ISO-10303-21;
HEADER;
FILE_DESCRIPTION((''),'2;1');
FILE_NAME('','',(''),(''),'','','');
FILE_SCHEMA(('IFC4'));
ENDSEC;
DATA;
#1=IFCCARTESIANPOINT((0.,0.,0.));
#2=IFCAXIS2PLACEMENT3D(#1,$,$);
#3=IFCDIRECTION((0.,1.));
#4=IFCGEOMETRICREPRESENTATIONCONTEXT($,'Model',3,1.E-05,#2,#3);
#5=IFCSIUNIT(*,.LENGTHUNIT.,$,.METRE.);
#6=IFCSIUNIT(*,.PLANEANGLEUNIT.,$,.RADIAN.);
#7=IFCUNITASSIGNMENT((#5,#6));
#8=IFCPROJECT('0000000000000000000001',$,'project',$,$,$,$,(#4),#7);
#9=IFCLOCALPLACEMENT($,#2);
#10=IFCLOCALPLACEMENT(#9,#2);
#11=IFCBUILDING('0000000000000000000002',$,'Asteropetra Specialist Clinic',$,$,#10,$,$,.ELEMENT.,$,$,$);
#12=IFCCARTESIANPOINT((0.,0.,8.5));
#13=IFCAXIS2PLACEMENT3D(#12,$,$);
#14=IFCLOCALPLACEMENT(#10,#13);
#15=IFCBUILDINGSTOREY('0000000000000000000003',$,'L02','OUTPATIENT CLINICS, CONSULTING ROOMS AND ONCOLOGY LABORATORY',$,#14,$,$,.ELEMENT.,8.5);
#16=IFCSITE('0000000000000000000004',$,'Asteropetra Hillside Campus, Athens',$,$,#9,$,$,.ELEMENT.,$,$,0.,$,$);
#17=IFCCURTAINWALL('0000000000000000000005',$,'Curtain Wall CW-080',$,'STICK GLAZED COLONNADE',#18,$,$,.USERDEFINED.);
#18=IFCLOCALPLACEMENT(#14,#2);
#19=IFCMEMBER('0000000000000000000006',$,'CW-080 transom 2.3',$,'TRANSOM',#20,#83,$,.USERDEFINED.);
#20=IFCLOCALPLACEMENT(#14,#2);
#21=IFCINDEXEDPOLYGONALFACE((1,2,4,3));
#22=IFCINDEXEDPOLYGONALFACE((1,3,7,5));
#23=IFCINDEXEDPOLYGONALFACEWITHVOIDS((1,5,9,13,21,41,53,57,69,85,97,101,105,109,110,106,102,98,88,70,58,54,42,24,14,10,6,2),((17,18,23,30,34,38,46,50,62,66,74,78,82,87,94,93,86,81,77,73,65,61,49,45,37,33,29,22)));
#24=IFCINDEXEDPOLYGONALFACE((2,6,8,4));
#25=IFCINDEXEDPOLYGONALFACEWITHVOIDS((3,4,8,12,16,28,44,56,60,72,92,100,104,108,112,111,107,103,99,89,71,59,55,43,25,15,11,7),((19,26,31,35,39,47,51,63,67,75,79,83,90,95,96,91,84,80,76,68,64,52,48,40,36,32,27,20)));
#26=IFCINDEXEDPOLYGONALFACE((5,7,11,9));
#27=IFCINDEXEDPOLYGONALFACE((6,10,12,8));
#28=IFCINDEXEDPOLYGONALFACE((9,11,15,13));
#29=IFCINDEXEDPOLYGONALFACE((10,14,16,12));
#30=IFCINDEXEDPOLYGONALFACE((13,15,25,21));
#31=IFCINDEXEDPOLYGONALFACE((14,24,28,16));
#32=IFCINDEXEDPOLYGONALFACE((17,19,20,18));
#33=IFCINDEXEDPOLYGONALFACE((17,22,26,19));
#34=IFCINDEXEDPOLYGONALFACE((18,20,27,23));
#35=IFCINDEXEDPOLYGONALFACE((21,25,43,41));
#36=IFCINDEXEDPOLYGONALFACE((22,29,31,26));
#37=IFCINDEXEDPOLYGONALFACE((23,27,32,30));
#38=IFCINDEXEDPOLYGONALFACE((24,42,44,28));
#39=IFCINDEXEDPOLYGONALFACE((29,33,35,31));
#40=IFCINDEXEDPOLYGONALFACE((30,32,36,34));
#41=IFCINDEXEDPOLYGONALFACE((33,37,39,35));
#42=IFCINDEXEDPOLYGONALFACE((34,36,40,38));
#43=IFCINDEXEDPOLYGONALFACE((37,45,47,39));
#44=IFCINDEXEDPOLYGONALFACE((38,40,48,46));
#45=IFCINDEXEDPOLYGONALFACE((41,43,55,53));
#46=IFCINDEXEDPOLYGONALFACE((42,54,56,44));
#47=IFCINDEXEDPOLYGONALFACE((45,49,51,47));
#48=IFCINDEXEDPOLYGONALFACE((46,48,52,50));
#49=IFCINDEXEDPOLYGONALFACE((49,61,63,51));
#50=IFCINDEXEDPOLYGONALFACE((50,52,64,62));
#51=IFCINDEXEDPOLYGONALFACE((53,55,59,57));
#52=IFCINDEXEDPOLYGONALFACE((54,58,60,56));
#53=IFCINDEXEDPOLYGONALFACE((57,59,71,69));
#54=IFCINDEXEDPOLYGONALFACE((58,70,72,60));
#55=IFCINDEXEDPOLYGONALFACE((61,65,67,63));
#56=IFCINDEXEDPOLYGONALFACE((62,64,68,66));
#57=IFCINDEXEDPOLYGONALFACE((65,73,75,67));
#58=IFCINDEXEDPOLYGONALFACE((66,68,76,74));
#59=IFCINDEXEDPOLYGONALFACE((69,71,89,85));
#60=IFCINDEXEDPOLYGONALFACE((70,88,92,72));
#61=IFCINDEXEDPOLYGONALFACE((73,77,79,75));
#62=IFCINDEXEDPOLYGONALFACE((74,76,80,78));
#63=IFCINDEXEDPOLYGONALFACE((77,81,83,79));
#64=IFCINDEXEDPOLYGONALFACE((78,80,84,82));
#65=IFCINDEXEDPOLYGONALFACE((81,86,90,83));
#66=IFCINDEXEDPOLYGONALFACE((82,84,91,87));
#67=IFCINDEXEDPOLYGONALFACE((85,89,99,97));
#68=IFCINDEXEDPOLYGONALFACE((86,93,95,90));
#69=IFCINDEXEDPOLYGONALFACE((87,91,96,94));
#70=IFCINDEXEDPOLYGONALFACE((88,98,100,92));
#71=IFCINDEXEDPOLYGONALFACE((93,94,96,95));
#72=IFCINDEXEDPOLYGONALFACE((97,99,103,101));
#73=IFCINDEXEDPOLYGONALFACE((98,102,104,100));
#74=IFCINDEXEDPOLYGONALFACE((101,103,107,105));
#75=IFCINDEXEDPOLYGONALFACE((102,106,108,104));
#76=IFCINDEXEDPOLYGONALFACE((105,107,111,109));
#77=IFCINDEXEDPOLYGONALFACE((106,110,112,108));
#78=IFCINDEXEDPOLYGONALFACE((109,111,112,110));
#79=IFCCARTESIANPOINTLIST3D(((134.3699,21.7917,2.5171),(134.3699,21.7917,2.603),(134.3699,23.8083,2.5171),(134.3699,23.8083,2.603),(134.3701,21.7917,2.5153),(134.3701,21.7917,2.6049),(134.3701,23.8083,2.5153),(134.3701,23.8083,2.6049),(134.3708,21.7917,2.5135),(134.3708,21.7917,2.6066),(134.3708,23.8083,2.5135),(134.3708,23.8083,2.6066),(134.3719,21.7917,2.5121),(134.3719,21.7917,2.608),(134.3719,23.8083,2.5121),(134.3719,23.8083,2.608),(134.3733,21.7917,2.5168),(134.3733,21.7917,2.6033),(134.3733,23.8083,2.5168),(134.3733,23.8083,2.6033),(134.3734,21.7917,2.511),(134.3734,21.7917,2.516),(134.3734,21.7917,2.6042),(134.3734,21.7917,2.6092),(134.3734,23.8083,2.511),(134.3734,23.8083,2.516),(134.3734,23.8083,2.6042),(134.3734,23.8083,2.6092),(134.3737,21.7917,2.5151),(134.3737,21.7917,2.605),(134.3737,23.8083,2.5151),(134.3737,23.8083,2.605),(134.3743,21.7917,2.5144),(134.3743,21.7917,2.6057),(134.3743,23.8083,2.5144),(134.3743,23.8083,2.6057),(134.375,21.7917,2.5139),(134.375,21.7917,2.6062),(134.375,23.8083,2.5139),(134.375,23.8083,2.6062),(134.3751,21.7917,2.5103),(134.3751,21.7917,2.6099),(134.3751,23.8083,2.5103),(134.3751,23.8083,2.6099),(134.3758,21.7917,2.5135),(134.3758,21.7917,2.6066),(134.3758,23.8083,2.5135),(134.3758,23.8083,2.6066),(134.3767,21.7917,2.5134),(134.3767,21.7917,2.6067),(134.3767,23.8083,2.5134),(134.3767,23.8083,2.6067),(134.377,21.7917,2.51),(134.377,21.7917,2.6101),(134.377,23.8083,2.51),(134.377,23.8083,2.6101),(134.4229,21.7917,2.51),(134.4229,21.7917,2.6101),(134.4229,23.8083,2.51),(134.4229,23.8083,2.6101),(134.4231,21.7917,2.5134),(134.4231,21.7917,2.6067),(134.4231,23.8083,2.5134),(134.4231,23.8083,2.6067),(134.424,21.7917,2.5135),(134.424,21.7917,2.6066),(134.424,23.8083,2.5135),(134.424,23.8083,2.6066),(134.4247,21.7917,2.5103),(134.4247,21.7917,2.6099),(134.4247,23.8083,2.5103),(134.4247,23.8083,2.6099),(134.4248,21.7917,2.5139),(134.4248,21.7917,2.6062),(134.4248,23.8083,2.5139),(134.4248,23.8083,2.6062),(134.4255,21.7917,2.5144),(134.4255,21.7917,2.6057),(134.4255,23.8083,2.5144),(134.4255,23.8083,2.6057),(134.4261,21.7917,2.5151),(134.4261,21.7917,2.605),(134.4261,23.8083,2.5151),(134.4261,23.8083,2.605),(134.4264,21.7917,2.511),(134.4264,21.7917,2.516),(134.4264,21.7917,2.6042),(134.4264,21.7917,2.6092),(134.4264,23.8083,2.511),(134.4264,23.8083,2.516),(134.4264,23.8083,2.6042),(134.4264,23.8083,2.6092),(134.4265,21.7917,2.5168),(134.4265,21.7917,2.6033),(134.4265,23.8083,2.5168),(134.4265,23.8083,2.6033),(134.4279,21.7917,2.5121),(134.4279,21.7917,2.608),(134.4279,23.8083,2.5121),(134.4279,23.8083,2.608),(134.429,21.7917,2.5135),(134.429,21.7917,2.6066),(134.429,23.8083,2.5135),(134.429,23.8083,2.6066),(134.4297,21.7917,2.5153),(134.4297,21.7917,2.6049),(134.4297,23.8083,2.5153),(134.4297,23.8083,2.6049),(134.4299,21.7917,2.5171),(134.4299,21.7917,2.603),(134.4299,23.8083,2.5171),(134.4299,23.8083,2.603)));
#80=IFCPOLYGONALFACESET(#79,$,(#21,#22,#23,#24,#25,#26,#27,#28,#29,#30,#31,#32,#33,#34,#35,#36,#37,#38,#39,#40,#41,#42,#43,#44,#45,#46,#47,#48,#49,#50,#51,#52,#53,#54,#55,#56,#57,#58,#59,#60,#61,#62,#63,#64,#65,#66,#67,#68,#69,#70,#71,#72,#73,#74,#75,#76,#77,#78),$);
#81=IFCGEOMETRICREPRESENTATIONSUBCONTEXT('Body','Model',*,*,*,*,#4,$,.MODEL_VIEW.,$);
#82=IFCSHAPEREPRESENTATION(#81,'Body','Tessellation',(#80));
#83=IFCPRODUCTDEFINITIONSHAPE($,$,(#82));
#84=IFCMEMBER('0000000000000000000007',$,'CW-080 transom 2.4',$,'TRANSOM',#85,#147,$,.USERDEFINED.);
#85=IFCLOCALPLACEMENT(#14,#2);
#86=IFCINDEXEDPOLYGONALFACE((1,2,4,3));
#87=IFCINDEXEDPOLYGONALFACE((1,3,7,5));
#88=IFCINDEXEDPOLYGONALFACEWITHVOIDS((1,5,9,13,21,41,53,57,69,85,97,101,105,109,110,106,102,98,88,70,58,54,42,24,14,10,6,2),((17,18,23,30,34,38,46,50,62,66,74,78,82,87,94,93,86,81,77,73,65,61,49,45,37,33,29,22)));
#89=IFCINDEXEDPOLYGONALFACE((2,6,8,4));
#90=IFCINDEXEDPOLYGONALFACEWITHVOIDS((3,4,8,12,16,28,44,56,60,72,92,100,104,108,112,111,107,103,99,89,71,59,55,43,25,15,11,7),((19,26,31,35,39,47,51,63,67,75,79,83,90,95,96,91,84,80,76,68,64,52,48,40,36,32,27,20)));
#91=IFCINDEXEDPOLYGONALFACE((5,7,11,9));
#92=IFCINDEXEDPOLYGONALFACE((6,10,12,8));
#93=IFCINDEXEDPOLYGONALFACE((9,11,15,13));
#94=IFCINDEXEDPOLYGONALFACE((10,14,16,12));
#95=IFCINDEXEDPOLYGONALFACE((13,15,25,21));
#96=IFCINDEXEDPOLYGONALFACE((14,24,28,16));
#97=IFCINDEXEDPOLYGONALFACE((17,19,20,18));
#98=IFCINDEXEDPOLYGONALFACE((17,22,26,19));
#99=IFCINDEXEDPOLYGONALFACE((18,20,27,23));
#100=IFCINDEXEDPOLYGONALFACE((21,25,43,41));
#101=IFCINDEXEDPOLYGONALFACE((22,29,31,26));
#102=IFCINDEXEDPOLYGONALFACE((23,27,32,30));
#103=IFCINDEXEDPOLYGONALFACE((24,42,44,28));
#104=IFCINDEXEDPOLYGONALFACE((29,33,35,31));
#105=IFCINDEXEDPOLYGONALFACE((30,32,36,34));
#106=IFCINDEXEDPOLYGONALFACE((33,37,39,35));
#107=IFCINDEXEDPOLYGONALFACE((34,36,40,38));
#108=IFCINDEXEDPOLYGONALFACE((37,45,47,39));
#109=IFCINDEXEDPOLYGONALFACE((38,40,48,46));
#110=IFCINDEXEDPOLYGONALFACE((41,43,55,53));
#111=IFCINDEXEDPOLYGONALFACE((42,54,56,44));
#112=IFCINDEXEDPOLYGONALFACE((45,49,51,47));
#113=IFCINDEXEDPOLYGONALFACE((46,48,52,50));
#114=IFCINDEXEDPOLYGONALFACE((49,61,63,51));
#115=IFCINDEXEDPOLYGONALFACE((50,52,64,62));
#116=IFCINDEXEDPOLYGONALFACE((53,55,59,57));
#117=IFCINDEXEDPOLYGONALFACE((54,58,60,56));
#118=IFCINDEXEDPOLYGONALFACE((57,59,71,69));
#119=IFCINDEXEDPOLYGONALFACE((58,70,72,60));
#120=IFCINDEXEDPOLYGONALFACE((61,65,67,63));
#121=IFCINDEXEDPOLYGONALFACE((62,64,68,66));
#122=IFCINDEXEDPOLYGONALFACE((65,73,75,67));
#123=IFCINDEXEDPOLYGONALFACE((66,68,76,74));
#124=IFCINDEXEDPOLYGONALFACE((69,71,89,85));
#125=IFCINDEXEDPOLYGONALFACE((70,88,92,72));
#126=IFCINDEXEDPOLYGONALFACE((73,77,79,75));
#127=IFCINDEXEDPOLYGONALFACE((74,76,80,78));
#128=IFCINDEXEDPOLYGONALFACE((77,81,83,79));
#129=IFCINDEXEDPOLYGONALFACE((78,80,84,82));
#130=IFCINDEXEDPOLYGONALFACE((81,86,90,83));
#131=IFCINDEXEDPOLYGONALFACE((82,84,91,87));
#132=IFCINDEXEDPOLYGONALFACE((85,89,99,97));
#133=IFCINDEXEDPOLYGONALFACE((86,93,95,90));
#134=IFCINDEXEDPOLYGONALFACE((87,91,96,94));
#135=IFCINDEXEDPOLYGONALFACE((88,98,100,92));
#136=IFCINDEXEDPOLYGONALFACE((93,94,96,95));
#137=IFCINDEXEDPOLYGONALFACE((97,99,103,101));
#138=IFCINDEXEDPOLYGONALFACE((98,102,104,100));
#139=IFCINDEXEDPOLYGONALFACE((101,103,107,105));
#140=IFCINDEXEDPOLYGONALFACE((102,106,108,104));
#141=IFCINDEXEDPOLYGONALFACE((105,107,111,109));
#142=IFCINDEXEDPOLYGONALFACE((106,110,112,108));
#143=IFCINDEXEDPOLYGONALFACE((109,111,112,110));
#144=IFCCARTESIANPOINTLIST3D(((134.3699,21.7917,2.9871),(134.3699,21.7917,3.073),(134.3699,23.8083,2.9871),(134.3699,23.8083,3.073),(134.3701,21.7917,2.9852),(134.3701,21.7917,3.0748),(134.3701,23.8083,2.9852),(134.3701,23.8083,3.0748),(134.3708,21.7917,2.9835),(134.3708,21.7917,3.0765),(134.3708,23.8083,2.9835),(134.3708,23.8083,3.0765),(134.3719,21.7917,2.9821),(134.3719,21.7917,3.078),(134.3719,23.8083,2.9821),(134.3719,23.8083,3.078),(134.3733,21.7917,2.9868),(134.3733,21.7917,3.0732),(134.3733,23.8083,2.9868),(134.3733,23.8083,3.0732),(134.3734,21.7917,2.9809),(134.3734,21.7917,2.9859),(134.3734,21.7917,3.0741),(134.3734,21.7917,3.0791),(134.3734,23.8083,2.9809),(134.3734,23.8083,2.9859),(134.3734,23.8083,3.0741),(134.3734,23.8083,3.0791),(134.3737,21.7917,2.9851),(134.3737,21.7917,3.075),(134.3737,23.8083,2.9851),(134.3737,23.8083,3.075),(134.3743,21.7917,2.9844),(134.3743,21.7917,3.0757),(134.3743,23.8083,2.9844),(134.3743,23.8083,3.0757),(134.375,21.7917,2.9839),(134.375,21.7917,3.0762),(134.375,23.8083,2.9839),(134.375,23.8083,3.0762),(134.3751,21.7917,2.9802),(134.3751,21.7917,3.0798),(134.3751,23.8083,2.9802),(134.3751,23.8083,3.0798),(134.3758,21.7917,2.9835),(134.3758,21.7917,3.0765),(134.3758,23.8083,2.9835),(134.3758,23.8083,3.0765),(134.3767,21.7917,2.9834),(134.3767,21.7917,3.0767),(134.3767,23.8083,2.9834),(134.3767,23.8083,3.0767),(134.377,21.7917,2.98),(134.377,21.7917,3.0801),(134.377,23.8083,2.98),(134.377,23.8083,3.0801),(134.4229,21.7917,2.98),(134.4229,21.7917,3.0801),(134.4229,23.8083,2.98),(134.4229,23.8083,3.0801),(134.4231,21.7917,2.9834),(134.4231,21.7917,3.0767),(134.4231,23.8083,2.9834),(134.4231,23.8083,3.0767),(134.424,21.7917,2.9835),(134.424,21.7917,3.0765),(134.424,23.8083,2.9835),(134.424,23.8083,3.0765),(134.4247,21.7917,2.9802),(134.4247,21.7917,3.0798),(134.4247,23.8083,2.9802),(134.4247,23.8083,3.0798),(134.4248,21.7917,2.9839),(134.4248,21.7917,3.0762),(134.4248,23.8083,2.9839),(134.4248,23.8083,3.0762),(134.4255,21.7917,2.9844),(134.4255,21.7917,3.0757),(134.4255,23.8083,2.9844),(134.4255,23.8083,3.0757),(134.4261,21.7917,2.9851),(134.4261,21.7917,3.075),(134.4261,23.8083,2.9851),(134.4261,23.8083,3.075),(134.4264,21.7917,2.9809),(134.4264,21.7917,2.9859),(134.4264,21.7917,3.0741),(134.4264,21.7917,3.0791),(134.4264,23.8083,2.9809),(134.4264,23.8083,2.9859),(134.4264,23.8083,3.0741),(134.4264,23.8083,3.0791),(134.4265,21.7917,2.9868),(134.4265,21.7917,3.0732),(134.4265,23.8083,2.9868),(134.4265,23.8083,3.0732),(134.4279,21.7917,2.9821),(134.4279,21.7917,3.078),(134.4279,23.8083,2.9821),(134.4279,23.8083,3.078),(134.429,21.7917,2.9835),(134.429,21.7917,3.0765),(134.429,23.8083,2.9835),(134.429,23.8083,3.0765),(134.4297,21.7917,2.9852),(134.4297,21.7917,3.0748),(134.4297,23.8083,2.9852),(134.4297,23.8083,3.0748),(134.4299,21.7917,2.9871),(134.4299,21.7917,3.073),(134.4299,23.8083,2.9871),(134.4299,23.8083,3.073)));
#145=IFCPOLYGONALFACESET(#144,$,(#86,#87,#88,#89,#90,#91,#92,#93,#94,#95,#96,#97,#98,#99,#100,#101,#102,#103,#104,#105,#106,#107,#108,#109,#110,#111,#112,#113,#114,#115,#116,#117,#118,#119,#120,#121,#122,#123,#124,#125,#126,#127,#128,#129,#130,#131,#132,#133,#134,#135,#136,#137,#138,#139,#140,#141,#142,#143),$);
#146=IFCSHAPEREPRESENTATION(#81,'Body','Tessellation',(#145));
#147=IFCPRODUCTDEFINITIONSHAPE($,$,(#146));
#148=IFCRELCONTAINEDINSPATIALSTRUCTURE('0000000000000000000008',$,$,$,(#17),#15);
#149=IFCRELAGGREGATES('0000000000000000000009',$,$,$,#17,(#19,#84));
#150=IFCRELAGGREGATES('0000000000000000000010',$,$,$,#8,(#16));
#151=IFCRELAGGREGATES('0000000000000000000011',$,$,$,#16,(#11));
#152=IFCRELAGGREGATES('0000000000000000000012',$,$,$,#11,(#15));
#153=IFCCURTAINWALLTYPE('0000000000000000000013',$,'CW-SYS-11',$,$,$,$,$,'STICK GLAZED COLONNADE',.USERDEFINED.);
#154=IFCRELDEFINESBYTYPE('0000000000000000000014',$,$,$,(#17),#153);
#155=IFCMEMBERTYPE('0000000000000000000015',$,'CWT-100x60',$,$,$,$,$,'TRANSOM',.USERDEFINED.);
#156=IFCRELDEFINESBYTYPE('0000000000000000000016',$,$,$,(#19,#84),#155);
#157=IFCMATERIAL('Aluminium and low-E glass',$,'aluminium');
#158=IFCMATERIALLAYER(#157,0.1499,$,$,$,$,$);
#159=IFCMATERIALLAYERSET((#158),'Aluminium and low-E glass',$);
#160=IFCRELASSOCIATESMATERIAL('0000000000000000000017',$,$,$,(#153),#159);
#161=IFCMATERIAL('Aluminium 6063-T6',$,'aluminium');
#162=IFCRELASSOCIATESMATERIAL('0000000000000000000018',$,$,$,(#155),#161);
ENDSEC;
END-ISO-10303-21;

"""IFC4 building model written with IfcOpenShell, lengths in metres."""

from ifc_helpers import new_model, si_unit, direction, frame, origin, origin_2d, place, context, subcontext, project, spatial, hollow_rectangle, extrude, material, layer, layer_set, material_profile, profile_set, type_object, element, aggregate, save


model = new_model("IFC4")

# Units and contexts
model_context = context("Model", 3, precision=1e-05, world=origin(), true_north=direction((0.0, 1.0)))
body_context = subcontext(model_context, "Body", "Model", "MODEL_VIEW")
ifc_project = project(units=[si_unit("LENGTHUNIT", "METRE"), si_unit("PLANEANGLEUNIT", "RADIAN")], contexts=[model_context])

# Site, building, storey
site_placement = place(None, origin())
site = spatial("IfcSite", under=ifc_project, at=site_placement, Name="Asteropetra Hillside Campus, Athens", CompositionType="ELEMENT", RefElevation=0.0)
building_placement = place(site_placement, origin())
building = spatial("IfcBuilding", under=site, at=building_placement, Name="Asteropetra Specialist Clinic", CompositionType="ELEMENT")
storey_placement = place(building_placement, frame((0.0, 0.0, 8.5)))
storey = spatial("IfcBuildingStorey", under=building, at=storey_placement, Name="L02", Description="OUTPATIENT CLINICS, CONSULTING ROOMS AND ONCOLOGY LABORATORY", CompositionType="ELEMENT", Elevation=8.5)

# Curtain wall
ifc_material_1 = material(Name="Aluminium and low-E glass", Category="aluminium")
ifc_layer_1 = layer(ifc_material_1, 0.1499)
ifc_layer_set_1 = layer_set([ifc_layer_1], Name="Aluminium and low-E glass")
curtain_wall_type = type_object("IfcCurtainWallType", Name="CW-SYS-11", ElementType="STICK GLAZED COLONNADE", PredefinedType="USERDEFINED", material=ifc_layer_set_1)
curtain_wall_1_placement = place(storey_placement, origin())
curtain_wall_1 = element("IfcCurtainWall", 1, at=curtain_wall_1_placement, inside=storey, type_object=curtain_wall_type, Name="Curtain Wall CW-080", ObjectType="STICK GLAZED COLONNADE", PredefinedType="USERDEFINED")

# Members
ifc_material_2 = material(Name="Aluminium 6063-T6", Category="aluminium")
ifc_material_profile_1 = material_profile(ifc_material_2, hollow_rectangle(XDim=0.0601, YDim=0.1001, WallThickness=0.0034, InnerFilletRadius=0.0034, OuterFilletRadius=0.0071, at=origin_2d()), Name="TRN 100x60x3.5")
ifc_profile_set_1 = profile_set([ifc_material_profile_1], Name="Aluminium 6063-T6")
member_type_1 = type_object("IfcMemberType", Name="CWT-100x60", ElementType="TRANSOM", PredefinedType="USERDEFINED", material=ifc_profile_set_1)
member_1_placement = place(storey_placement, frame((134.3999, 21.7917, 2.5601), z_axis=(0.0, 1.0, 0.0), x_axis=(-1.0, 0.0, 0.0)))
member_1 = element("IfcMember", 2, at=member_1_placement, type_object=member_type_1, Name="CW-080 transom 2.3", ObjectType="TRANSOM", PredefinedType="USERDEFINED", context=body_context, shape_type="SweptSolid", body=[
    extrude(hollow_rectangle(XDim=0.0601, YDim=0.1001, WallThickness=0.0034, InnerFilletRadius=0.0034, OuterFilletRadius=0.0071, at=origin_2d()), origin(), (0.0, 0.0, 1.0), 2.0166),
])
member_2_placement = place(storey_placement, frame((134.3999, 21.7917, 3.03), z_axis=(0.0, 1.0, 0.0), x_axis=(-1.0, 0.0, 0.0)))
member_2 = element("IfcMember", 3, at=member_2_placement, type_object=member_type_1, Name="CW-080 transom 2.4", ObjectType="TRANSOM", PredefinedType="USERDEFINED", context=body_context, shape_type="SweptSolid", body=[
    extrude(hollow_rectangle(XDim=0.0601, YDim=0.1001, WallThickness=0.0034, InnerFilletRadius=0.0034, OuterFilletRadius=0.0071, at=origin_2d()), origin(), (0.0, 0.0, 1.0), 2.0166),
])

aggregate(curtain_wall_1, [member_1, member_2])

save(model, "model.ifc")
